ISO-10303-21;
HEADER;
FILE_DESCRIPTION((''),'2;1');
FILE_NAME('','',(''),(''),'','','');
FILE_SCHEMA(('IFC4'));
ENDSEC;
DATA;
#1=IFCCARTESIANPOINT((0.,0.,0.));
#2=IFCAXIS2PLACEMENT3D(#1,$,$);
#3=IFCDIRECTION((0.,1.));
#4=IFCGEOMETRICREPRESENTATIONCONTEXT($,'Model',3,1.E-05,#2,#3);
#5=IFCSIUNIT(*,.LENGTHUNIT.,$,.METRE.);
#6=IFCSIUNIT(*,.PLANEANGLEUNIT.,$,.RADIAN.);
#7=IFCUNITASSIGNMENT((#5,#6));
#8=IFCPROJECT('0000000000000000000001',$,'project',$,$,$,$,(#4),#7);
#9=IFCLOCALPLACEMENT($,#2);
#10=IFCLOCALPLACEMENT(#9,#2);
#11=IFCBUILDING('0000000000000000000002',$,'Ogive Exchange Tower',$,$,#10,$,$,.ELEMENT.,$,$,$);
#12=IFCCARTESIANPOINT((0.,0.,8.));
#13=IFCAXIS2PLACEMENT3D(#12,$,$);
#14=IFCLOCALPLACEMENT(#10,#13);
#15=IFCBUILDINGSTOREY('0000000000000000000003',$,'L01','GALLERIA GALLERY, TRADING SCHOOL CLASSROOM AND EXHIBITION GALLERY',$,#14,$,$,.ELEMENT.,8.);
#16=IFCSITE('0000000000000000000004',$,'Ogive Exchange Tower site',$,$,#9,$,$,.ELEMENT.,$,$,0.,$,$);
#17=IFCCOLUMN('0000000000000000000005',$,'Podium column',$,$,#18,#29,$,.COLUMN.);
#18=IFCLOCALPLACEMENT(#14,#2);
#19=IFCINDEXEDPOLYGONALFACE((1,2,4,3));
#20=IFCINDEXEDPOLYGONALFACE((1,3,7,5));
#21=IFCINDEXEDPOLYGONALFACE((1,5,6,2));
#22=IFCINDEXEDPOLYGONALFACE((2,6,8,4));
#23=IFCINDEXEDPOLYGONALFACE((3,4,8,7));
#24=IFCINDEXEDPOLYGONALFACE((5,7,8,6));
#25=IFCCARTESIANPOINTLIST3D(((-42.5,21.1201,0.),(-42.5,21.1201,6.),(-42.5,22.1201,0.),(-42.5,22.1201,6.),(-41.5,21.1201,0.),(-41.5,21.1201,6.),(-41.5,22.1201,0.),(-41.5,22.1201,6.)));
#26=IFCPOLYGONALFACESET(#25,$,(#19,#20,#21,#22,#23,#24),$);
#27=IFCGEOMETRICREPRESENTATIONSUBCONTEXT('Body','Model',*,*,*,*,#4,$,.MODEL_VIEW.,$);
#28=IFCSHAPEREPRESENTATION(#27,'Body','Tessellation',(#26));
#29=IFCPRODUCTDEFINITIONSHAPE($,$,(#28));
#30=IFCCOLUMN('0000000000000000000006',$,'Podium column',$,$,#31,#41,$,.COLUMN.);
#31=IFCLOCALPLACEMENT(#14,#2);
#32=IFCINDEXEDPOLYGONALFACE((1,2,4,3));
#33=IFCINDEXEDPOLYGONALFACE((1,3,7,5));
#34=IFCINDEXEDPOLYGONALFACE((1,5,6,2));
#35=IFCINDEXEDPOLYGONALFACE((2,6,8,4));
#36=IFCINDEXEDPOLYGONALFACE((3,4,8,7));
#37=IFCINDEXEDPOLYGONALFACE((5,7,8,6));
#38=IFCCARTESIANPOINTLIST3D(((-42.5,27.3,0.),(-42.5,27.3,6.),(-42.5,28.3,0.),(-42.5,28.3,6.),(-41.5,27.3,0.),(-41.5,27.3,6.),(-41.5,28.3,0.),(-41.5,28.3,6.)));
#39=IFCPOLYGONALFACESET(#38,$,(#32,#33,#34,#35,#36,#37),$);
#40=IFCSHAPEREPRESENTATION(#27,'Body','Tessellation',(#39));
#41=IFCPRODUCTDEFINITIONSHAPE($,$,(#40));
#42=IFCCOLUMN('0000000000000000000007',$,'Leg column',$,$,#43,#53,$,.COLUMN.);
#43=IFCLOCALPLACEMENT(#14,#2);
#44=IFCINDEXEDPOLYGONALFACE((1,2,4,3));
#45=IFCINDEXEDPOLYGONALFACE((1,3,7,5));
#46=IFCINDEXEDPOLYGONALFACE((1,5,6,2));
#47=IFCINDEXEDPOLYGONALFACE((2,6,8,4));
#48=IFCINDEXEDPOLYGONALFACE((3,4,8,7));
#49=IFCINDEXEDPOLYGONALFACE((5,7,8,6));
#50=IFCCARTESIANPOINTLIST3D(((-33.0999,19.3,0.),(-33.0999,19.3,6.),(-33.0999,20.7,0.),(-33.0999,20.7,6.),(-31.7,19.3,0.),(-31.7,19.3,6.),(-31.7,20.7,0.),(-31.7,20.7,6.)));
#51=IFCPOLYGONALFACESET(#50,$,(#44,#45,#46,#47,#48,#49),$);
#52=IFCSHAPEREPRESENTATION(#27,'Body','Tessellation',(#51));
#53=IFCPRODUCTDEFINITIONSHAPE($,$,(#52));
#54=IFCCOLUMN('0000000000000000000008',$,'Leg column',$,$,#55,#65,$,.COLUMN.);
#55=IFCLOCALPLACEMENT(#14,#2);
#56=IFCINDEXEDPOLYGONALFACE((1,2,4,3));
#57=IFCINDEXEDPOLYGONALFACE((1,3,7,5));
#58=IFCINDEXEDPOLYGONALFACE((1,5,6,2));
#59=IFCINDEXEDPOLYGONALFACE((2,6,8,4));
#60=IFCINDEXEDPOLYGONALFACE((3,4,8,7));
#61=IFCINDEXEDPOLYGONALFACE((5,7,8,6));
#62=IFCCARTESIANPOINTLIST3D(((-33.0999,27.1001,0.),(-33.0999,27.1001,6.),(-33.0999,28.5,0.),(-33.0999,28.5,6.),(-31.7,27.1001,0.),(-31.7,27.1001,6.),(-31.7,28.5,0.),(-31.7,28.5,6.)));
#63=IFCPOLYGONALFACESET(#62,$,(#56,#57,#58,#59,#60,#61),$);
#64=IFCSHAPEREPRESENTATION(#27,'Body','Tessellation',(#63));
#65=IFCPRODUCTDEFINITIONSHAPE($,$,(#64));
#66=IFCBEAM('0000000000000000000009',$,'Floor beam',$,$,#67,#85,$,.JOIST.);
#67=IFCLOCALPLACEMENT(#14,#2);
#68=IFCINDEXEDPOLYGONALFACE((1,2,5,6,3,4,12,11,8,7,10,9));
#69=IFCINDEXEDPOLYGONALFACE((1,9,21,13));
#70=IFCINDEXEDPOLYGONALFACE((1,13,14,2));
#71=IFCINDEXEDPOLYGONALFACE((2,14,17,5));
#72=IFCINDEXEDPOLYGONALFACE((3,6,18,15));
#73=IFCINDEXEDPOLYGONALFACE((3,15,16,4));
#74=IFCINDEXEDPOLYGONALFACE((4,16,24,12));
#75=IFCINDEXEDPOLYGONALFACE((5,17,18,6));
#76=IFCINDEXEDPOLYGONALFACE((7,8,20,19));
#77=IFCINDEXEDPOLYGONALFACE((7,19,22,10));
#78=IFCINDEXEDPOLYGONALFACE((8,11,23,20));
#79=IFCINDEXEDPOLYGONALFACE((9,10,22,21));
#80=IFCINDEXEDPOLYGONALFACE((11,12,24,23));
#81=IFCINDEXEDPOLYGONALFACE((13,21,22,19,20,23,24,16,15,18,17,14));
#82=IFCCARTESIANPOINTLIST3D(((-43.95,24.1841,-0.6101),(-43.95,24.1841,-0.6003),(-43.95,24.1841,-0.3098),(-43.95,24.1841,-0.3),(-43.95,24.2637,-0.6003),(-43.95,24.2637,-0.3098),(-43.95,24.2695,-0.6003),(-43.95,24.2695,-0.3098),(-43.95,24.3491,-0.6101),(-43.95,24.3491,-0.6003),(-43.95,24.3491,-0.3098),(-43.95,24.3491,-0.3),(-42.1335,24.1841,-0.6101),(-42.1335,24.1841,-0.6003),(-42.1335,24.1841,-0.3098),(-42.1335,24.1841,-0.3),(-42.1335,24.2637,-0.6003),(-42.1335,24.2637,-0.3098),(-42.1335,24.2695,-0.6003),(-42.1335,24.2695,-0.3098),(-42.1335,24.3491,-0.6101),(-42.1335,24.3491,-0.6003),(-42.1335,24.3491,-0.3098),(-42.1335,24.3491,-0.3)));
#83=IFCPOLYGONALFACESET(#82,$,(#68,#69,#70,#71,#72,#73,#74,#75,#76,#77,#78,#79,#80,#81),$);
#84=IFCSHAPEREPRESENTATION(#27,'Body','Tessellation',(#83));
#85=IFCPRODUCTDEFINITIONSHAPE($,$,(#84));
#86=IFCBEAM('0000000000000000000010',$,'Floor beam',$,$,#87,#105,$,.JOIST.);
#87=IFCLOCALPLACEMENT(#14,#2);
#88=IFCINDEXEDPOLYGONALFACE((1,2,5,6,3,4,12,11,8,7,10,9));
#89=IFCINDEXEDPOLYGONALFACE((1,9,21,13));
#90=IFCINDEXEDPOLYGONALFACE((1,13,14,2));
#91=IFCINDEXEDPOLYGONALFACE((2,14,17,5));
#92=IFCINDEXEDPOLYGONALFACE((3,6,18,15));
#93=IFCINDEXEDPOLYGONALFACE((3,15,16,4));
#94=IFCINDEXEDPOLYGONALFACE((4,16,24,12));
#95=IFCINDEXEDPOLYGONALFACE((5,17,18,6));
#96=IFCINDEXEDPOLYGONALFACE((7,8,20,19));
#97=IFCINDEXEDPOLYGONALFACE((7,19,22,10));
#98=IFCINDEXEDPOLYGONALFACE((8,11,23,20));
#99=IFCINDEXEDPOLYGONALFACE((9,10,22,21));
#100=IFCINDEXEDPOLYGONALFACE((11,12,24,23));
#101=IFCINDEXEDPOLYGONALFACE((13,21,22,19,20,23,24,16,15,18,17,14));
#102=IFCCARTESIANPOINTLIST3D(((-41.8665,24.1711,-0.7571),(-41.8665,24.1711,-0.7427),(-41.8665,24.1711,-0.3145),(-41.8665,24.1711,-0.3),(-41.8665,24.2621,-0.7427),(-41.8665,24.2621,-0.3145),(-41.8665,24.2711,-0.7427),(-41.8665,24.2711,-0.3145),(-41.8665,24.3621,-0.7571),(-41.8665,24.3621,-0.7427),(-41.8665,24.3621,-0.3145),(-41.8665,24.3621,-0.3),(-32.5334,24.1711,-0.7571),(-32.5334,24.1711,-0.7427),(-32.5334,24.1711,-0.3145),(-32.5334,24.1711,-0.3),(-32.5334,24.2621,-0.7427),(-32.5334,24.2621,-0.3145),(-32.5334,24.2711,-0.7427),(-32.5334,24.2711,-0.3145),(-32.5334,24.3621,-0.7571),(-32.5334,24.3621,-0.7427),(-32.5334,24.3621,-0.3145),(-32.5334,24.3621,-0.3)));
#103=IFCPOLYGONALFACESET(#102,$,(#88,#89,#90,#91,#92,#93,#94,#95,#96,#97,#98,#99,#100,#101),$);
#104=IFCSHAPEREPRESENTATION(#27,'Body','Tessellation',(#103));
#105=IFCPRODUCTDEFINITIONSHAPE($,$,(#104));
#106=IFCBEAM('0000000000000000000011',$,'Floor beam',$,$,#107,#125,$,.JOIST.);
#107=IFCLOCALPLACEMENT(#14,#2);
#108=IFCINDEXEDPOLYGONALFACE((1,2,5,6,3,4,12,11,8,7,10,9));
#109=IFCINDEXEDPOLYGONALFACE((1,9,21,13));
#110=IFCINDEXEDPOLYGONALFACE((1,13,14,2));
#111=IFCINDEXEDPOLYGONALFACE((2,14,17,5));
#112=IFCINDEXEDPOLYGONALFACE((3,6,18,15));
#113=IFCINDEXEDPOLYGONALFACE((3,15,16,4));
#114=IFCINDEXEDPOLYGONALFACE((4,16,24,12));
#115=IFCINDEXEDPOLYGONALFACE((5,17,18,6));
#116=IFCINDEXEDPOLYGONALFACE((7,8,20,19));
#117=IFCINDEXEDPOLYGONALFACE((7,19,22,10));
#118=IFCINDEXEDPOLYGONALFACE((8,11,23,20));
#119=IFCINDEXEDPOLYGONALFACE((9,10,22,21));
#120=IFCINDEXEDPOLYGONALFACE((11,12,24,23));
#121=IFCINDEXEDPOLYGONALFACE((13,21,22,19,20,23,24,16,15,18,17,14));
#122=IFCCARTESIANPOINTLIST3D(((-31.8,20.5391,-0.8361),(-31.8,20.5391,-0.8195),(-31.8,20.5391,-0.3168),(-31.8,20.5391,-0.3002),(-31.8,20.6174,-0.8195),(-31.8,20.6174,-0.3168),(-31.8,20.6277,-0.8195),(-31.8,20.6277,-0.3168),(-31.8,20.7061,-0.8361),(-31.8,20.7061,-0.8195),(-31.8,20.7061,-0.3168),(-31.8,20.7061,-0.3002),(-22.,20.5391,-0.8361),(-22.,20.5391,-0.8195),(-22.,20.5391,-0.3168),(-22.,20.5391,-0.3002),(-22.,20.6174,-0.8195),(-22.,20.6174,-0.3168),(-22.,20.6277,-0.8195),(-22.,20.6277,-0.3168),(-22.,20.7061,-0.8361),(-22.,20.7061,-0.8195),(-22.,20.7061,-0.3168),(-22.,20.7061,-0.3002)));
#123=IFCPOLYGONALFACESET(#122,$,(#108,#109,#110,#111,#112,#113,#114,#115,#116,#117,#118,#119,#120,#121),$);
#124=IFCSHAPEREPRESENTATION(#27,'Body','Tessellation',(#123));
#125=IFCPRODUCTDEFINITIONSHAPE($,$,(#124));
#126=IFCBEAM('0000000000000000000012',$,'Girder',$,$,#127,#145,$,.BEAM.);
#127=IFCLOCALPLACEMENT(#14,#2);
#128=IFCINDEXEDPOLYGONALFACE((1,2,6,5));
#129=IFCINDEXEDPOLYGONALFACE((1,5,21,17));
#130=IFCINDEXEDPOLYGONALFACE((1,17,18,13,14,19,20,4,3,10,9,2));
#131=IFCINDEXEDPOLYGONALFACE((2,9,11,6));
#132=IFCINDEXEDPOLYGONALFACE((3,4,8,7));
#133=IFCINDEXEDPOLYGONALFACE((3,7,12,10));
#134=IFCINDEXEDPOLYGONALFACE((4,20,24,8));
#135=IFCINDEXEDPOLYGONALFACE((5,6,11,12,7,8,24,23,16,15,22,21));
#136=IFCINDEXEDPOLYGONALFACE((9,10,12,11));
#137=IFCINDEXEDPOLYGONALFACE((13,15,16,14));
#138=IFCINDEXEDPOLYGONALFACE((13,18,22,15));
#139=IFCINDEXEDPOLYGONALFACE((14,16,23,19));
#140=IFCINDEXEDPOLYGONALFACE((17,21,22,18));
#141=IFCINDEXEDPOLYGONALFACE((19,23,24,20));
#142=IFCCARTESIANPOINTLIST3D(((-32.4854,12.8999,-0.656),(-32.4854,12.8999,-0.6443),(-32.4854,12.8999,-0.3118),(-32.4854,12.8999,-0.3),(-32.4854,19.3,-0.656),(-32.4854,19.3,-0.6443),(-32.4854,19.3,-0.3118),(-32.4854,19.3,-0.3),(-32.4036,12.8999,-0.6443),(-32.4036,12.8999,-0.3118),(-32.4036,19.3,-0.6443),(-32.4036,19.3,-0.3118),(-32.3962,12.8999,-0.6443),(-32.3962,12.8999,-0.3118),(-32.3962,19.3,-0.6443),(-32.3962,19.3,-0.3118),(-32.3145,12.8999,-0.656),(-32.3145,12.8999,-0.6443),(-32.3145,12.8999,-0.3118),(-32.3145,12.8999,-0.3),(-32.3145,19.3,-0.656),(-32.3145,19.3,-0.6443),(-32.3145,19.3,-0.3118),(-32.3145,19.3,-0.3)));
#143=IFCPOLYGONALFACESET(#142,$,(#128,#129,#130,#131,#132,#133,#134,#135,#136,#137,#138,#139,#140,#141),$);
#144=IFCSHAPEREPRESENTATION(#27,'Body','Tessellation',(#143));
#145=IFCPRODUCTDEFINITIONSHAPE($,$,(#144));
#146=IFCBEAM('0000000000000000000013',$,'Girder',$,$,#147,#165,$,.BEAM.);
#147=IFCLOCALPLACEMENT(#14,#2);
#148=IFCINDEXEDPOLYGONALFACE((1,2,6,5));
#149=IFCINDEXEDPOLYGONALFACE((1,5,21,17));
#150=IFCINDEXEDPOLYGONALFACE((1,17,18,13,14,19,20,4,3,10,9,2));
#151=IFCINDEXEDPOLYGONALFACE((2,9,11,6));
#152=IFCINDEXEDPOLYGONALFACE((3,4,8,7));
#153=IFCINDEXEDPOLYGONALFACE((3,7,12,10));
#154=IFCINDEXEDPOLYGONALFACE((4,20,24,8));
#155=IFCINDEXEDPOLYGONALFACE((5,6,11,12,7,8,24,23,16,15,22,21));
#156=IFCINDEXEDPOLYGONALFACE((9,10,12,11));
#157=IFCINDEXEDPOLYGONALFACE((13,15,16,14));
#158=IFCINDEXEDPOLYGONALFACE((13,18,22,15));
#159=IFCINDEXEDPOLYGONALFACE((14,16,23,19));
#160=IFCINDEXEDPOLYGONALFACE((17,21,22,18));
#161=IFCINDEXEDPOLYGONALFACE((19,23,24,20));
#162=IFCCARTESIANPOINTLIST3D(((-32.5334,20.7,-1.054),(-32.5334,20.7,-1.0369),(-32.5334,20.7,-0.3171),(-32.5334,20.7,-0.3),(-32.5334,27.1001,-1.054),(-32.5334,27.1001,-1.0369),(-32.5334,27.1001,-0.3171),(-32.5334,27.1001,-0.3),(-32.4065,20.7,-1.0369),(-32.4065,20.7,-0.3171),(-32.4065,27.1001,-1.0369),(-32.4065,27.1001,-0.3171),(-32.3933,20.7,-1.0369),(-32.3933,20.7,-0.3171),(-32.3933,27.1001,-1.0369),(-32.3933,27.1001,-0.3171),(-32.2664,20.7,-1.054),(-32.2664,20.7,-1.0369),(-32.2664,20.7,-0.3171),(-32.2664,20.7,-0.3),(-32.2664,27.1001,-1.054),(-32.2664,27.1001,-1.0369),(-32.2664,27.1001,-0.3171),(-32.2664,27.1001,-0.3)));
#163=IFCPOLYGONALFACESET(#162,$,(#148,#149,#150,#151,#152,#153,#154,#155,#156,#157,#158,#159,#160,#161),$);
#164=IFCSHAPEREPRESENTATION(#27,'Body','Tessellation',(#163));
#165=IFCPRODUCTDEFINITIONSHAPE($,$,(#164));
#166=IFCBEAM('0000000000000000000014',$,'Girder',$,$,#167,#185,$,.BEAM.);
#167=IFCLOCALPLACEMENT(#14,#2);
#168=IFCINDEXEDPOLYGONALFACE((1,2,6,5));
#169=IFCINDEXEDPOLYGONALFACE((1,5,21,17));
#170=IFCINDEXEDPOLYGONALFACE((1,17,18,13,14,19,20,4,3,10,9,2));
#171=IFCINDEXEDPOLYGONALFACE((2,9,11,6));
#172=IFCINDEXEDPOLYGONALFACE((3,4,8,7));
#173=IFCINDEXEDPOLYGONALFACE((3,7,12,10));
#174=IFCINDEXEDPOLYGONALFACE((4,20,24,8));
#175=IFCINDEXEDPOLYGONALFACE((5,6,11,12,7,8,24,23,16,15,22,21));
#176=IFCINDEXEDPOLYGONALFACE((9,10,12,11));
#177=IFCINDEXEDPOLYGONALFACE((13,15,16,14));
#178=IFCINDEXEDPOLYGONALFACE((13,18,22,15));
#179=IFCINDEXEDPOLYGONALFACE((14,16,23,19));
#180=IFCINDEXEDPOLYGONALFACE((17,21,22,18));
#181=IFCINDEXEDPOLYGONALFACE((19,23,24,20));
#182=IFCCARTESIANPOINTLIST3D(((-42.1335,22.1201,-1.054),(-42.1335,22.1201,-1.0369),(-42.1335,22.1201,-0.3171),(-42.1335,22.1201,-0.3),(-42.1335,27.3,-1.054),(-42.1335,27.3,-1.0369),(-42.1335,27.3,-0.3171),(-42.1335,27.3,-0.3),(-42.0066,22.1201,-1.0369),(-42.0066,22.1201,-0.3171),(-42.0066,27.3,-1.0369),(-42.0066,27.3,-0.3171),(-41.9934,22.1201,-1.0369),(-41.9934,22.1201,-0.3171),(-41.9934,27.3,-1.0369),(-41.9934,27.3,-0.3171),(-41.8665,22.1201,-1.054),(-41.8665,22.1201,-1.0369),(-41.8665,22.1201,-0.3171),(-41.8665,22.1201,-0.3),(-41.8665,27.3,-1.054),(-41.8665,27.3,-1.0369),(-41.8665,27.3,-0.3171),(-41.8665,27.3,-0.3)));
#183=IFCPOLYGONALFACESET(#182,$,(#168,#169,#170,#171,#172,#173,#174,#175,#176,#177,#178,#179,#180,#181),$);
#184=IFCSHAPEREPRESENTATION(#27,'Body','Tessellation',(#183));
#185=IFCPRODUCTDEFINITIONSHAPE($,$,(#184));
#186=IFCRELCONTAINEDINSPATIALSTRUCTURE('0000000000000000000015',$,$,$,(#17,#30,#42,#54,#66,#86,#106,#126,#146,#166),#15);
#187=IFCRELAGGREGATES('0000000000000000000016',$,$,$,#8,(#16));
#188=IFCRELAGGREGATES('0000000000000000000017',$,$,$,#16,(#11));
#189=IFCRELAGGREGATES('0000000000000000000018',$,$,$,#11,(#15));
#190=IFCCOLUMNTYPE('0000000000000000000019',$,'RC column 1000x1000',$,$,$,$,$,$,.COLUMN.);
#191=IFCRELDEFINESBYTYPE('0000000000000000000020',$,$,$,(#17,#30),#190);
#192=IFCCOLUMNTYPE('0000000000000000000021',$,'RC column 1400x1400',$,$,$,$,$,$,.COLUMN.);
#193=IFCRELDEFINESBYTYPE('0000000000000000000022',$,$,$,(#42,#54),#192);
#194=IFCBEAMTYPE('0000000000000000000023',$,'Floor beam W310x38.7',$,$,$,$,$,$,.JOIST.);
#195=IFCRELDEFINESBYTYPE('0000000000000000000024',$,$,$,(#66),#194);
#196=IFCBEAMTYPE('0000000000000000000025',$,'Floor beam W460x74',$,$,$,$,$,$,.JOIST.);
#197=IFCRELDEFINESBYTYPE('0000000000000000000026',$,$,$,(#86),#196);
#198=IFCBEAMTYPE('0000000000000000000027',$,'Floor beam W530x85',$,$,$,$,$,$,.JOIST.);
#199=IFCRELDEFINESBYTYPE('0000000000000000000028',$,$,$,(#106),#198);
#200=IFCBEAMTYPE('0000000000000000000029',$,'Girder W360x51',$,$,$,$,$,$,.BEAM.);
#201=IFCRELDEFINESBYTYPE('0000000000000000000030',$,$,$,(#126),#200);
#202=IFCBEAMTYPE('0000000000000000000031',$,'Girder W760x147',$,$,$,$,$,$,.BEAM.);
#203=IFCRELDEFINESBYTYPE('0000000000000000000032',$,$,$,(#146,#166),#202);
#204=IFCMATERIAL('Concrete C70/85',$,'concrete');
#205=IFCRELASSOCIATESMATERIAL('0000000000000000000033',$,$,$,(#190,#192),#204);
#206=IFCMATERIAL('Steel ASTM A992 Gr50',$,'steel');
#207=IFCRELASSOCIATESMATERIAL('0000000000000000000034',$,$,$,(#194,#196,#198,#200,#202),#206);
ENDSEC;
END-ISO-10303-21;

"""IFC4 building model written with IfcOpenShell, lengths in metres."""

from ifc_helpers import new_model, si_unit, direction, frame, origin, origin_2d, place, context, subcontext, project, spatial, rectangle, i_section, extrude, material, material_profile, profile_set, type_object, element, save


model = new_model("IFC4")

# Units and contexts
model_context = context("Model", 3, precision=1e-05, world=origin(), true_north=direction((0.0, 1.0)))
body_context = subcontext(model_context, "Body", "Model", "MODEL_VIEW")
ifc_project = project(units=[si_unit("LENGTHUNIT", "METRE"), si_unit("PLANEANGLEUNIT", "RADIAN")], contexts=[model_context])

# Site, building, storey
site_placement = place(None, origin())
site = spatial("IfcSite", under=ifc_project, at=site_placement, Name="Ogive Exchange Tower site", CompositionType="ELEMENT", RefElevation=0.0)
building_placement = place(site_placement, origin())
building = spatial("IfcBuilding", under=site, at=building_placement, Name="Ogive Exchange Tower", CompositionType="ELEMENT")
storey_placement = place(building_placement, frame((0.0, 0.0, 8.0)))
storey = spatial("IfcBuildingStorey", under=building, at=storey_placement, Name="L01", Description="GALLERIA GALLERY, TRADING SCHOOL CLASSROOM AND EXHIBITION GALLERY", CompositionType="ELEMENT", Elevation=8.0)

# Columns
ifc_material_1 = material(Name="Concrete C70/85", Category="concrete")
ifc_material_profile_1 = material_profile(ifc_material_1, rectangle(XDim=1.0, YDim=1.0, at=origin_2d()), Name="RC 1000x1000")
ifc_profile_set_1 = profile_set([ifc_material_profile_1], Name="Concrete C70/85")
column_type_1 = type_object("IfcColumnType", Name="RC column 1000x1000", PredefinedType="COLUMN", material=ifc_profile_set_1)
for number, where, z_axis, x_axis, name in (
    (1, (-42.0, 21.6201, 0.0), (0.0, 0.0, 1.0), (1.0, 0.0, 0.0), "Podium column"),
    (2, (-42.0, 27.8, 0.0), (0.0, 0.0, 1.0), (1.0, 0.0, 0.0), "Podium column"),
):
    element("IfcColumn", number, at=place(storey_placement, frame(where, z_axis=z_axis, x_axis=x_axis)), inside=storey, type_object=column_type_1, Name=name, PredefinedType="COLUMN", context=body_context, shape_type="SweptSolid", body=[
        extrude(rectangle(XDim=1.0, YDim=1.0, at=origin_2d()), origin(), (0.0, 0.0, 1.0), 6.0),
    ])
ifc_material_profile_2 = material_profile(ifc_material_1, rectangle(XDim=1.3999, YDim=1.3999, at=origin_2d()), Name="RC 1400x1400")
ifc_profile_set_2 = profile_set([ifc_material_profile_2], Name="Concrete C70/85")
column_type_2 = type_object("IfcColumnType", Name="RC column 1400x1400", PredefinedType="COLUMN", material=ifc_profile_set_2)
for number, where, z_axis, x_axis, name in (
    (3, (-32.3999, 20.0, 0.0), (0.0, 0.0, 1.0), (1.0, 0.0, 0.0), "Leg column"),
    (4, (-32.3999, 27.8, 0.0), (0.0, 0.0, 1.0), (1.0, 0.0, 0.0), "Leg column"),
):
    element("IfcColumn", number, at=place(storey_placement, frame(where, z_axis=z_axis, x_axis=x_axis)), inside=storey, type_object=column_type_2, Name=name, PredefinedType="COLUMN", context=body_context, shape_type="SweptSolid", body=[
        extrude(rectangle(XDim=1.3999, YDim=1.3999, at=origin_2d()), origin(), (0.0, 0.0, 1.0), 6.0),
    ])

# Beams
ifc_material_2 = material(Name="Steel ASTM A992 Gr50", Category="steel")
ifc_material_profile_3 = material_profile(ifc_material_2, i_section(OverallWidth=0.165, OverallDepth=0.3101, WebThickness=0.0059, FlangeThickness=0.0098, at=origin_2d()), Name="W310x38.7")
ifc_profile_set_3 = profile_set([ifc_material_profile_3], Name="Steel ASTM A992 Gr50")
beam_type_1 = type_object("IfcBeamType", Name="Floor beam W310x38.7", PredefinedType="JOIST", material=ifc_profile_set_3)
beam_1_placement = place(storey_placement, frame((-43.95, 24.2666, -0.4551), z_axis=(1.0, 0.0, 0.0), x_axis=(0.0, 1.0, 0.0)))
element("IfcBeam", 5, at=beam_1_placement, inside=storey, type_object=beam_type_1, Name="Floor beam", PredefinedType="JOIST", context=body_context, shape_type="SweptSolid", body=[
    extrude(i_section(OverallWidth=0.165, OverallDepth=0.3101, WebThickness=0.0059, FlangeThickness=0.0098, at=origin_2d()), origin(), (0.0, 0.0, 1.0), 1.8164),
])
ifc_material_profile_4 = material_profile(ifc_material_2, i_section(OverallWidth=0.1909, OverallDepth=0.457, WebThickness=0.009, FlangeThickness=0.0144, at=origin_2d()), Name="W460x74")
ifc_profile_set_4 = profile_set([ifc_material_profile_4], Name="Steel ASTM A992 Gr50")
beam_type_2 = type_object("IfcBeamType", Name="Floor beam W460x74", PredefinedType="JOIST", material=ifc_profile_set_4)
beam_2_placement = place(storey_placement, frame((-41.8665, 24.2666, -0.5286), z_axis=(1.0, 0.0, 0.0), x_axis=(0.0, 1.0, 0.0)))
element("IfcBeam", 6, at=beam_2_placement, inside=storey, type_object=beam_type_2, Name="Floor beam", PredefinedType="JOIST", context=body_context, shape_type="SweptSolid", body=[
    extrude(i_section(OverallWidth=0.1909, OverallDepth=0.457, WebThickness=0.009, FlangeThickness=0.0144, at=origin_2d()), origin(), (0.0, 0.0, 1.0), 9.333),
])
ifc_material_profile_5 = material_profile(ifc_material_2, i_section(OverallWidth=0.167, OverallDepth=0.5359, WebThickness=0.0103, FlangeThickness=0.0166, at=origin_2d()), Name="W530x85")
ifc_profile_set_5 = profile_set([ifc_material_profile_5], Name="Steel ASTM A992 Gr50")
beam_type_3 = type_object("IfcBeamType", Name="Floor beam W530x85", PredefinedType="JOIST", material=ifc_profile_set_5)
beam_3_placement = place(storey_placement, frame((-31.8, 20.6226, -0.5681), z_axis=(1.0, 0.0, 0.0), x_axis=(0.0, 1.0, 0.0)))
element("IfcBeam", 7, at=beam_3_placement, inside=storey, type_object=beam_type_3, Name="Floor beam", PredefinedType="JOIST", context=body_context, shape_type="SweptSolid", body=[
    extrude(i_section(OverallWidth=0.167, OverallDepth=0.5359, WebThickness=0.0103, FlangeThickness=0.0166, at=origin_2d()), origin(), (0.0, 0.0, 1.0), 9.8),
])
ifc_material_profile_6 = material_profile(ifc_material_2, i_section(OverallWidth=0.1709, OverallDepth=0.356, WebThickness=0.0073, FlangeThickness=0.0117, at=origin_2d()), Name="W360x51")
ifc_profile_set_6 = profile_set([ifc_material_profile_6], Name="Steel ASTM A992 Gr50")
beam_type_4 = type_object("IfcBeamType", Name="Girder W360x51", PredefinedType="BEAM", material=ifc_profile_set_6)
beam_4_placement = place(storey_placement, frame((-32.3999, 19.3, -0.478), z_axis=(0.0, -1.0, 0.0), x_axis=(1.0, 0.0, 0.0)))
element("IfcBeam", 8, at=beam_4_placement, inside=storey, type_object=beam_type_4, Name="Girder", PredefinedType="BEAM", context=body_context, shape_type="SweptSolid", body=[
    extrude(i_section(OverallWidth=0.1709, OverallDepth=0.356, WebThickness=0.0073, FlangeThickness=0.0117, at=origin_2d()), origin(), (0.0, 0.0, 1.0), 6.4001),
])
ifc_material_profile_7 = material_profile(ifc_material_2, i_section(OverallWidth=0.2671, OverallDepth=0.7539, WebThickness=0.0132, FlangeThickness=0.0171, at=origin_2d()), Name="W760x147")
ifc_profile_set_7 = profile_set([ifc_material_profile_7], Name="Steel ASTM A992 Gr50")
beam_type_5 = type_object("IfcBeamType", Name="Girder W760x147", PredefinedType="BEAM", material=ifc_profile_set_7)
beam_5_placement = place(storey_placement, frame((-32.3999, 27.1001, -0.677), z_axis=(0.0, -1.0, 0.0), x_axis=(1.0, 0.0, 0.0)))
element("IfcBeam", 9, at=beam_5_placement, inside=storey, type_object=beam_type_5, Name="Girder", PredefinedType="BEAM", context=body_context, shape_type="SweptSolid", body=[
    extrude(i_section(OverallWidth=0.2671, OverallDepth=0.7539, WebThickness=0.0132, FlangeThickness=0.0171, at=origin_2d()), origin(), (0.0, 0.0, 1.0), 6.4001),
])
beam_6_placement = place(storey_placement, frame((-42.0, 22.1201, -0.677), z_axis=(0.0, 1.0, 0.0), x_axis=(-1.0, 0.0, 0.0)))
element("IfcBeam", 10, at=beam_6_placement, inside=storey, type_object=beam_type_5, Name="Girder", PredefinedType="BEAM", context=body_context, shape_type="SweptSolid", body=[
    extrude(i_section(OverallWidth=0.2671, OverallDepth=0.7539, WebThickness=0.0132, FlangeThickness=0.0171, at=origin_2d()), origin(), (0.0, 0.0, 1.0), 5.1799),
])

save(model, "model.ifc")
